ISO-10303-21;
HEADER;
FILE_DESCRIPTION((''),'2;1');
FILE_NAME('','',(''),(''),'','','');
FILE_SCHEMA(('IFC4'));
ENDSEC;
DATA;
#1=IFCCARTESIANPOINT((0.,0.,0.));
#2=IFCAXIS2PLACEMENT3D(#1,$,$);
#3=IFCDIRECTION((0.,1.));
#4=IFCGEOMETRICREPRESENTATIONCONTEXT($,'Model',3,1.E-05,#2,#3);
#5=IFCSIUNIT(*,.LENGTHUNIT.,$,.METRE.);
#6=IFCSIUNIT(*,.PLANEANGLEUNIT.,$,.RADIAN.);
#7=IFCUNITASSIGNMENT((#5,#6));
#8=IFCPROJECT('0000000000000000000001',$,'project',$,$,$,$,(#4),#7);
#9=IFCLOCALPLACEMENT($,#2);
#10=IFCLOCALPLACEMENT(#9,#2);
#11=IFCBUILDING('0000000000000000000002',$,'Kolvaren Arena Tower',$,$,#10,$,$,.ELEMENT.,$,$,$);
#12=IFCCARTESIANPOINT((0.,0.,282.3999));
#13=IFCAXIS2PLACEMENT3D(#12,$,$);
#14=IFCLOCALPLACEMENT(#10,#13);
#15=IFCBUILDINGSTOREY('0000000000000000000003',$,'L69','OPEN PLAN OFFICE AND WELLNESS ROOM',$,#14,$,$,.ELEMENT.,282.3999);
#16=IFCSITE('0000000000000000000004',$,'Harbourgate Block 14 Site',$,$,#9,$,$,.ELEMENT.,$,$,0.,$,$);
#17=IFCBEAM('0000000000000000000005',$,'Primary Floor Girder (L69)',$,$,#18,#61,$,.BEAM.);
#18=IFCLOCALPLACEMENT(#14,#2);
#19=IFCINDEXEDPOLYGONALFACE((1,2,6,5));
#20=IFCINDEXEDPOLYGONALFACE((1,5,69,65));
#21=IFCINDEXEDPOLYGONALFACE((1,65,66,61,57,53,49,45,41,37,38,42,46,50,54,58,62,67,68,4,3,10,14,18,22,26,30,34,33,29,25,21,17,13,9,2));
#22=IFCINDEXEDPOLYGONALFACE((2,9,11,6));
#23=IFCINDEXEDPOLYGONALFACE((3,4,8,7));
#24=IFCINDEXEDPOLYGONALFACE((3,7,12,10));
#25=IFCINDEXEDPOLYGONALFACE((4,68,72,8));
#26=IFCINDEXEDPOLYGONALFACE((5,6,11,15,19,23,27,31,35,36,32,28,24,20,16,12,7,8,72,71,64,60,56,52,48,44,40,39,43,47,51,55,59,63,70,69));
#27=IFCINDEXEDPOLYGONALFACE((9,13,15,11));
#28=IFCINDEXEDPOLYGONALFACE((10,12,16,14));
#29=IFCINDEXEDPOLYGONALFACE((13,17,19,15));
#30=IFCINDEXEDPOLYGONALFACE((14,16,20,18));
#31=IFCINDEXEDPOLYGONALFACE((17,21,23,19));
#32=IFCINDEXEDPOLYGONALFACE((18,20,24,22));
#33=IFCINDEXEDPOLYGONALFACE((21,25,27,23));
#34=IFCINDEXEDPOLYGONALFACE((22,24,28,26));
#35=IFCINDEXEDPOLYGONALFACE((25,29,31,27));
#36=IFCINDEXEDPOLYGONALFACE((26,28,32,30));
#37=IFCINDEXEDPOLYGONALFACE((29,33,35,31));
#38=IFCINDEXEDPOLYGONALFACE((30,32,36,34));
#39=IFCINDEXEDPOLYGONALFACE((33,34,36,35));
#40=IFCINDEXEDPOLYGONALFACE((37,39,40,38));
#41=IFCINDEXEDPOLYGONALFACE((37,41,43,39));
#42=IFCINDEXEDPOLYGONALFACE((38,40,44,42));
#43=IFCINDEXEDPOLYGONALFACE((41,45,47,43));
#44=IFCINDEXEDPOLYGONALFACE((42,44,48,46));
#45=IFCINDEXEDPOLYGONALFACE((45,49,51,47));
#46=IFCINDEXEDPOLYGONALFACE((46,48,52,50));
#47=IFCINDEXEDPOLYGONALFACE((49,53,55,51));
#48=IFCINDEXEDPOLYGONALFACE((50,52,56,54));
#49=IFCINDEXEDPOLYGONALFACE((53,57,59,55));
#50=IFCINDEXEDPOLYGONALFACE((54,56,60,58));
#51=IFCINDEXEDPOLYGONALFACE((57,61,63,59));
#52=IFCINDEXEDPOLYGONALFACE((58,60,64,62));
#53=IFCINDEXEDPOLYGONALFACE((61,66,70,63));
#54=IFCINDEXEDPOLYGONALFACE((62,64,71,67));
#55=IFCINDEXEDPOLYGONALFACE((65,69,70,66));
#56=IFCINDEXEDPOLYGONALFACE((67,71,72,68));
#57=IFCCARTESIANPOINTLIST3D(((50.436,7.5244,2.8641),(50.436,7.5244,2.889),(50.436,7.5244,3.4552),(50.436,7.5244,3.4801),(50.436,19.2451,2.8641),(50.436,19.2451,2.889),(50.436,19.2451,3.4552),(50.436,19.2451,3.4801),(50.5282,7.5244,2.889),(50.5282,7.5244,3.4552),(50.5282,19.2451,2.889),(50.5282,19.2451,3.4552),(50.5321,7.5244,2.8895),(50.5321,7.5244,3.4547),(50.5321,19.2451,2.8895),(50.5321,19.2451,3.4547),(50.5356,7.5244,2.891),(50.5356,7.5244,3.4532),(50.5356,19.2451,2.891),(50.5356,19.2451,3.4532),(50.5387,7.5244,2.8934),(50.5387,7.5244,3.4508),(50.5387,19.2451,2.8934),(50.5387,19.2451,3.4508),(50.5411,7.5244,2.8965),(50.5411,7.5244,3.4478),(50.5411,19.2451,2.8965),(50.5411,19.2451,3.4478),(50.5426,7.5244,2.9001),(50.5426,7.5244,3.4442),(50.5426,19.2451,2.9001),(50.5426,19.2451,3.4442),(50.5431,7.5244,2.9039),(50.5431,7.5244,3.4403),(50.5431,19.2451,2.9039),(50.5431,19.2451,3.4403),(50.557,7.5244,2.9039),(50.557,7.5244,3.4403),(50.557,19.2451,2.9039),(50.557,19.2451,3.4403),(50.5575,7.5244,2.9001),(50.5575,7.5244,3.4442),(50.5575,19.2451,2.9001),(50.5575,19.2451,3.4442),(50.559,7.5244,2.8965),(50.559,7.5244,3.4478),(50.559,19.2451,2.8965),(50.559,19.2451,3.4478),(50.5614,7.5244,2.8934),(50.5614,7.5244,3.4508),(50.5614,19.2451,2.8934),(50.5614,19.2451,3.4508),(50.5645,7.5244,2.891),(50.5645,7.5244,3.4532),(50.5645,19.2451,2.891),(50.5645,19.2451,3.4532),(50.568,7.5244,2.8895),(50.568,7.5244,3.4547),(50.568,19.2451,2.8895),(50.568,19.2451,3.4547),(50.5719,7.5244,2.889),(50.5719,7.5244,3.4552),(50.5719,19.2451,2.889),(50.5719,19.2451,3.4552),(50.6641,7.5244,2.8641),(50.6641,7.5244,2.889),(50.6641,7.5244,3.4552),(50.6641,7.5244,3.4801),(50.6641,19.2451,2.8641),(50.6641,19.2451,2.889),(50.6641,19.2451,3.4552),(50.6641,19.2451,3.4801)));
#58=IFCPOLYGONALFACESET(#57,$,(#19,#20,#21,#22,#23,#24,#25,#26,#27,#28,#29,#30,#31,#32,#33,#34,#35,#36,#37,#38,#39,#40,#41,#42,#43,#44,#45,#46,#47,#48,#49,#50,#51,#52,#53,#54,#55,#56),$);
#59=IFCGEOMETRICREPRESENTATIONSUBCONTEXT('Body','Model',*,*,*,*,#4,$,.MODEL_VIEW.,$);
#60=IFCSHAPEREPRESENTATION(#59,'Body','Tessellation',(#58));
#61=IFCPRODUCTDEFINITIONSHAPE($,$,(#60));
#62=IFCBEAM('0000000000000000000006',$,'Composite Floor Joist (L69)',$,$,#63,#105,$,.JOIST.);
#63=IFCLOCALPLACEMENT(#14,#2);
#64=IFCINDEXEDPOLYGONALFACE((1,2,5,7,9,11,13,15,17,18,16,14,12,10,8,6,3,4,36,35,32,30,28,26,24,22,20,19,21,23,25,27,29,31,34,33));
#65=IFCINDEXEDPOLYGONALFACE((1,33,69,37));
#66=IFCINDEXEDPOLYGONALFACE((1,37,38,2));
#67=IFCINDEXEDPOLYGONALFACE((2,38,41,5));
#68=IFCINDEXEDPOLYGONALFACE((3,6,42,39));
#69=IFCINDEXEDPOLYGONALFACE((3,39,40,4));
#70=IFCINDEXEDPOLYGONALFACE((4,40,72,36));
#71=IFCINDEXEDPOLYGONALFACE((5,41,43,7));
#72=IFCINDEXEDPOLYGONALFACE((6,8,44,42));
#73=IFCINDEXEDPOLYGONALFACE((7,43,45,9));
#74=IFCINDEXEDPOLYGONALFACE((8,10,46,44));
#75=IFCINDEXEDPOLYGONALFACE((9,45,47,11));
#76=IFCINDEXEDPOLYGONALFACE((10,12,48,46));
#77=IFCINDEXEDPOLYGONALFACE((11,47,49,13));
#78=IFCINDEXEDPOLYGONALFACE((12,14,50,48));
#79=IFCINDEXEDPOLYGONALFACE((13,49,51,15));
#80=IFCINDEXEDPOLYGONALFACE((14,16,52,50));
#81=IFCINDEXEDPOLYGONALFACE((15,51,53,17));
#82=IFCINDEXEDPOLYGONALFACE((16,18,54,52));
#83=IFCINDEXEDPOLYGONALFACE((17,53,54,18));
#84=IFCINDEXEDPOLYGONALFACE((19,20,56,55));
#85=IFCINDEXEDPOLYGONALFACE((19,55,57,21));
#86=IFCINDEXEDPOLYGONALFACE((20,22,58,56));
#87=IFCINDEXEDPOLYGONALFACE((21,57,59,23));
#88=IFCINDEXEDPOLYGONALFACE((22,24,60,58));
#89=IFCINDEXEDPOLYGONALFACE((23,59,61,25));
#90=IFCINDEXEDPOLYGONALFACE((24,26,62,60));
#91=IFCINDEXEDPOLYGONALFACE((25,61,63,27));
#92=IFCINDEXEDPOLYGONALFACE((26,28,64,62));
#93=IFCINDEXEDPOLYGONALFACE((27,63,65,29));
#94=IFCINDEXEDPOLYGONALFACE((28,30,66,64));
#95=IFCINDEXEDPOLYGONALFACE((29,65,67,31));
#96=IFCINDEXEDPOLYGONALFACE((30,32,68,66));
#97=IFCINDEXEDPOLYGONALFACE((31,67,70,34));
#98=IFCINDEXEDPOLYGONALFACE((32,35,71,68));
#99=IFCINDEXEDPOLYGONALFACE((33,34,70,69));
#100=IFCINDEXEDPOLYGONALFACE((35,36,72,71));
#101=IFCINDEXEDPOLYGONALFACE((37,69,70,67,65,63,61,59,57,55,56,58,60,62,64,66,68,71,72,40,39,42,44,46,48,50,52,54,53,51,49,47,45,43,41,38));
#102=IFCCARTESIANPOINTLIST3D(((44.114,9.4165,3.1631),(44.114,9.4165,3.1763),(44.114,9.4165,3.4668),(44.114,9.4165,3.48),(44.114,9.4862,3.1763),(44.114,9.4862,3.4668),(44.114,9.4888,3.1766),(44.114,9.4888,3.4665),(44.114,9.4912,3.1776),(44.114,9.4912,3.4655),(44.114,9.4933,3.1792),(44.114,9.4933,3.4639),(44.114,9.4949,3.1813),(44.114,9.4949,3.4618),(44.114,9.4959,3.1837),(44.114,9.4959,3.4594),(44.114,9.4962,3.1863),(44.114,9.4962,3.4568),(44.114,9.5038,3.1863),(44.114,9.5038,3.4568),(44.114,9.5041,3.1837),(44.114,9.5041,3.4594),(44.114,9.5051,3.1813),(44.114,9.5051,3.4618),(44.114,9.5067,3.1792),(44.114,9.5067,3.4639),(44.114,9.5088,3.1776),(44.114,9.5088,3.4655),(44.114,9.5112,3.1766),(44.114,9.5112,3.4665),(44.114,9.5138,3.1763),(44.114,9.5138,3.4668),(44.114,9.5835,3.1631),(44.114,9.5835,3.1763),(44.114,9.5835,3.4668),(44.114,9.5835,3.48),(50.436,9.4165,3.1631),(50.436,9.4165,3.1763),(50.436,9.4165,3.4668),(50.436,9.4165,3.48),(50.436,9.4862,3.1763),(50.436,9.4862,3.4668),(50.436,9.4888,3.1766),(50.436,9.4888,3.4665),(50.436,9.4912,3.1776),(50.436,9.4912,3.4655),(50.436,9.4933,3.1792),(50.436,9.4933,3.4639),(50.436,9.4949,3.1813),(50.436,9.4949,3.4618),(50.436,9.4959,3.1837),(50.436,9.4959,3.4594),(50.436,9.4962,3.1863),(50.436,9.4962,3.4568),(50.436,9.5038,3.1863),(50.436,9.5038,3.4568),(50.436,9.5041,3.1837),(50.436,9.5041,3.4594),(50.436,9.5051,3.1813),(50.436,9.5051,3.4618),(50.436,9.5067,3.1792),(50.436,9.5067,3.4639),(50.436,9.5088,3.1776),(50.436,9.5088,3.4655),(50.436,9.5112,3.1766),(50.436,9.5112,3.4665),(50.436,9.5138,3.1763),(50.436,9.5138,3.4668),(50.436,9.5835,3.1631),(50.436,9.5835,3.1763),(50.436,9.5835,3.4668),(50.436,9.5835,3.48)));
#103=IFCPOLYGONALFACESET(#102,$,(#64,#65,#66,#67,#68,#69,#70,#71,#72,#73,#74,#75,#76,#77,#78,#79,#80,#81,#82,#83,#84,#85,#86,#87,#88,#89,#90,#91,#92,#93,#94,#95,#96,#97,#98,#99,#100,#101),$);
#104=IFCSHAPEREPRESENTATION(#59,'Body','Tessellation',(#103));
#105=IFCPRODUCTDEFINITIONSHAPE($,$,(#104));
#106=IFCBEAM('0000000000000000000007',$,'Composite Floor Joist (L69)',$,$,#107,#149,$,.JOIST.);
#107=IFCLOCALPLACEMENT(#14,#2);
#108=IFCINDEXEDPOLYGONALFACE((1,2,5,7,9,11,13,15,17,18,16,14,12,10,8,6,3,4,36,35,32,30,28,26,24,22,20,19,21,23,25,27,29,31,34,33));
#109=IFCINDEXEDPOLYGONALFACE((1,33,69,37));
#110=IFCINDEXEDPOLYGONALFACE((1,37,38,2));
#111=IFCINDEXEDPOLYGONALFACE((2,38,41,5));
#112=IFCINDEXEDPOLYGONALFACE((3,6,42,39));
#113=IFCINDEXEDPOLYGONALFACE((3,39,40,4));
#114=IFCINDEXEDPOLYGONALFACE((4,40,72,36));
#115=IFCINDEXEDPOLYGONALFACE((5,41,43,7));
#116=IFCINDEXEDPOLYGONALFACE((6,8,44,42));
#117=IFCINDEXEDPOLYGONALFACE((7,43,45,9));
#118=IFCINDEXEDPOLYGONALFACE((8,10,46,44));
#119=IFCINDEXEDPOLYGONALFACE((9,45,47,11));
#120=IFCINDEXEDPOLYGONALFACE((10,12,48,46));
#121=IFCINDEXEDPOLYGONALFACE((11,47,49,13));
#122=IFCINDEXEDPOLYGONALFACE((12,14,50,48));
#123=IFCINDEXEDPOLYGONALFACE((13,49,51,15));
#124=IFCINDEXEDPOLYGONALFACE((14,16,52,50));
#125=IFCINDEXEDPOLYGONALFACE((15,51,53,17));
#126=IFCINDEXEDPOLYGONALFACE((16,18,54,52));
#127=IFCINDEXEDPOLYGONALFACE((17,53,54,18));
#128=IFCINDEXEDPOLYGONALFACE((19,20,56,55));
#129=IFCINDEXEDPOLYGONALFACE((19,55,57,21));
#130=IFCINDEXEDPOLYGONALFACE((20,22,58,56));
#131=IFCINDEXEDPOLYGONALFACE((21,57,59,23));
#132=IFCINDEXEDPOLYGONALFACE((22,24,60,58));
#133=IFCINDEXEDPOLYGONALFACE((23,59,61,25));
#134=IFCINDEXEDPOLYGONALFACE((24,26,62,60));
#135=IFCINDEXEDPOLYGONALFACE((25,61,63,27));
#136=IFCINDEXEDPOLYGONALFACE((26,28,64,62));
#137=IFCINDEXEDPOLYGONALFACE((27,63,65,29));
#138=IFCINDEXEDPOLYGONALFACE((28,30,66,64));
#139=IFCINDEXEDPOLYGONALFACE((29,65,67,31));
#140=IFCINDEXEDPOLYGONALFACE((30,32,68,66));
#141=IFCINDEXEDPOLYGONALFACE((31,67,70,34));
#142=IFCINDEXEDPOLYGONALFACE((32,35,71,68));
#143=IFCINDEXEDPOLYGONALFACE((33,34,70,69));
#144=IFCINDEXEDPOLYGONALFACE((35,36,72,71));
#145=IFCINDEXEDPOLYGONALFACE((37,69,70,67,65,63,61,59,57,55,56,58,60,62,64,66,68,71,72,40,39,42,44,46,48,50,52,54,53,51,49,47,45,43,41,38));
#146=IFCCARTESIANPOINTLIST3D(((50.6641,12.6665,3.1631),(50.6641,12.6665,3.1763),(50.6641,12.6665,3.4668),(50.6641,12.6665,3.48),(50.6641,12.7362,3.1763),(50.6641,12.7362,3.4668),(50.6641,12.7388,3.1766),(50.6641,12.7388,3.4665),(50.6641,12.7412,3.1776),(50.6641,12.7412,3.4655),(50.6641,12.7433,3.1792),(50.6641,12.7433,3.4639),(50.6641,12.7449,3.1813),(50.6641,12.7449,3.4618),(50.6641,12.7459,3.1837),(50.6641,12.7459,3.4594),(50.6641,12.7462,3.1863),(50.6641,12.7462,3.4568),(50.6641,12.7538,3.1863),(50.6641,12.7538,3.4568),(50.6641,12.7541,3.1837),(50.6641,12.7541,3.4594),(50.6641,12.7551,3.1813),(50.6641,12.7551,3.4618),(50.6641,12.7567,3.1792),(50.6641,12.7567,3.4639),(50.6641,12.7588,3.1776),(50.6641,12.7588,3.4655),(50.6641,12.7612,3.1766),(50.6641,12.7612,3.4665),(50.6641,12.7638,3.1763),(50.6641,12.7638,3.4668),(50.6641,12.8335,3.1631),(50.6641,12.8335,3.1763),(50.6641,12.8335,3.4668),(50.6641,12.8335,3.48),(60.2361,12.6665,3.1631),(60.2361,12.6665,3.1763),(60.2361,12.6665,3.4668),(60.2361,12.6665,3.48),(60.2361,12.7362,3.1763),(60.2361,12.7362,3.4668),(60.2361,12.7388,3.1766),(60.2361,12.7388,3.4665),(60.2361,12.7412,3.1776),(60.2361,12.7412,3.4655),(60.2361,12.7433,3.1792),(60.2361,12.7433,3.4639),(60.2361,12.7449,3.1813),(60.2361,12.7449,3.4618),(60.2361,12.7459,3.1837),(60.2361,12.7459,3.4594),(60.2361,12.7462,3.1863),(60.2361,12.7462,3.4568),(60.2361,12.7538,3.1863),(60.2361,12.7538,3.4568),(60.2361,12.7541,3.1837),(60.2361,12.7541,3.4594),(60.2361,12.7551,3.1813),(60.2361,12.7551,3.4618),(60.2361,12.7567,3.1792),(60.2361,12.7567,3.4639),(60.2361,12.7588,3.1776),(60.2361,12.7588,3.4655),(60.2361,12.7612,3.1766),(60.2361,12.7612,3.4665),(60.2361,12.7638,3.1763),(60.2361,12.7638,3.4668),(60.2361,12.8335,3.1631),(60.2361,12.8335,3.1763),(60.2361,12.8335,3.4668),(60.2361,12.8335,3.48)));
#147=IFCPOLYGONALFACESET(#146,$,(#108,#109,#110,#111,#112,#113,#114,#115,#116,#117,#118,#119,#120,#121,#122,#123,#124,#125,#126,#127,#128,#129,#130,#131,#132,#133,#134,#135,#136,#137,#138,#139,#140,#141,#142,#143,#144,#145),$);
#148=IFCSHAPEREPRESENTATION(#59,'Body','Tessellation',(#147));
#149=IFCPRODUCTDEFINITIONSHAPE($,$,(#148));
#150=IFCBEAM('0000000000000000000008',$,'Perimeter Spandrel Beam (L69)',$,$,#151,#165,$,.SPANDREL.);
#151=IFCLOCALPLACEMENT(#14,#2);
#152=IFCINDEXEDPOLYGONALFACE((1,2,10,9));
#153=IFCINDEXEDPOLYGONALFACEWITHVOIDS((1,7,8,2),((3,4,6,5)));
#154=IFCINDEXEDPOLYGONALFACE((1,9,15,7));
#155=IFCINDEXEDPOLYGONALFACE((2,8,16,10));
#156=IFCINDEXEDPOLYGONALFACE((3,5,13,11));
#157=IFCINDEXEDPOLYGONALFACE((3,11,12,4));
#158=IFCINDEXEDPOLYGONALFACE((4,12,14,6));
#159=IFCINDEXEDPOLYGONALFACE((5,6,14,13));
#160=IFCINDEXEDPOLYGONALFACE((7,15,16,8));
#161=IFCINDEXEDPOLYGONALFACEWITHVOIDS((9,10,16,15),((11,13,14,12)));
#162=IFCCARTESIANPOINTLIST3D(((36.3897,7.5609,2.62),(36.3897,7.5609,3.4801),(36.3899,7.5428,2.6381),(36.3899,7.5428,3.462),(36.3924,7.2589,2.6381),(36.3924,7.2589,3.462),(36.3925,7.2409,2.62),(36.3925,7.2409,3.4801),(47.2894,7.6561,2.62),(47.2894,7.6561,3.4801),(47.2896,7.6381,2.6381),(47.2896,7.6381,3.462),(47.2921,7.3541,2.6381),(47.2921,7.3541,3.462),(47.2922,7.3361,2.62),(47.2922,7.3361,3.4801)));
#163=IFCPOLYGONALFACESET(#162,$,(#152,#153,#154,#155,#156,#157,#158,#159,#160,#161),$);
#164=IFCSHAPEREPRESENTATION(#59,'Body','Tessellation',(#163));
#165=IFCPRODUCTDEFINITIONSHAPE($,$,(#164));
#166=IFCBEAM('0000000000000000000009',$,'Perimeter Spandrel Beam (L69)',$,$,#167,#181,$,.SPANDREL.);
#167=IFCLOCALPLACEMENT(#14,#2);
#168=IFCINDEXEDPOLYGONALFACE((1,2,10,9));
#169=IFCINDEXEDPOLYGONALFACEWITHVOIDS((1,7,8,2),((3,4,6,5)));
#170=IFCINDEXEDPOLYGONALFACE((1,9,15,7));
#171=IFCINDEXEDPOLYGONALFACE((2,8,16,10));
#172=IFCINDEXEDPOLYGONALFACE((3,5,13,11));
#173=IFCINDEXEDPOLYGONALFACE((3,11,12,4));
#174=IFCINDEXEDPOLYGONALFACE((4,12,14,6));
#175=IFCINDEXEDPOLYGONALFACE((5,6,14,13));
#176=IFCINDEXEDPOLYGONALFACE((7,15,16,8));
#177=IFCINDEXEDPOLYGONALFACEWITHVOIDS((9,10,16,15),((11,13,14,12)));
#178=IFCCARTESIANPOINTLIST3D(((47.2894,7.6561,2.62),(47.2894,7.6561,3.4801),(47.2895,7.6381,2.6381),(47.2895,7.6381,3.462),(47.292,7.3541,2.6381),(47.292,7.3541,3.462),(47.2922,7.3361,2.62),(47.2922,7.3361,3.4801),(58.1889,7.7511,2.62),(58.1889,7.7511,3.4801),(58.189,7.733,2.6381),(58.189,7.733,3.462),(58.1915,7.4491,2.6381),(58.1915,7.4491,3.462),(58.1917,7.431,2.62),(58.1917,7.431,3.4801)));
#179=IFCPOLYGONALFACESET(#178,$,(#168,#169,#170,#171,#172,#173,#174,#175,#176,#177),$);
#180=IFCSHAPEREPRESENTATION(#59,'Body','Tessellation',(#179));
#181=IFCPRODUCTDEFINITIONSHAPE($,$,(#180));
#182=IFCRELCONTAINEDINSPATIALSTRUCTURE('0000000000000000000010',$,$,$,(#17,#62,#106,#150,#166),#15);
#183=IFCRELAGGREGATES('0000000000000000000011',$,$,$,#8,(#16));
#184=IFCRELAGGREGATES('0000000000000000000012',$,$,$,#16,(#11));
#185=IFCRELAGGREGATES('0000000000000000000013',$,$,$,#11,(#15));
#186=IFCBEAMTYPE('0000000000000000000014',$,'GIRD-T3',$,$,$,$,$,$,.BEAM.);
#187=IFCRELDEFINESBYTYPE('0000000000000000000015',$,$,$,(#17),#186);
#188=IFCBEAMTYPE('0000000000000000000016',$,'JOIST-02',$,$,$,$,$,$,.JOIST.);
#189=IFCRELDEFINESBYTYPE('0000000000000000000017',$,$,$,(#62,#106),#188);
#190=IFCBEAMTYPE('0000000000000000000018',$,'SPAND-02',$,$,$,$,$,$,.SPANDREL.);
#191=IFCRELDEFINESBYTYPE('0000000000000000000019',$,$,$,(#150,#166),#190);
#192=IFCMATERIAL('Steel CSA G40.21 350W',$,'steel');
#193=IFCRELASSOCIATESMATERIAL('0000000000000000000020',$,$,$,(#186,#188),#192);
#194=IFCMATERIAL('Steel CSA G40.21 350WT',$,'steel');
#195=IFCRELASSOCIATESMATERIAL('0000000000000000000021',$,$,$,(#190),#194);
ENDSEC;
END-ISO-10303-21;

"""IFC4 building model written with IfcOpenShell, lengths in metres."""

from ifc_helpers import new_model, si_unit, direction, frame, origin, origin_2d, place, context, subcontext, project, spatial, hollow_rectangle, i_section, extrude, material, material_profile, profile_set, type_object, element, save


model = new_model("IFC4")

# Units and contexts
model_context = context("Model", 3, precision=1e-05, world=origin(), true_north=direction((0.0, 1.0)))
body_context = subcontext(model_context, "Body", "Model", "MODEL_VIEW")
ifc_project = project(units=[si_unit("LENGTHUNIT", "METRE"), si_unit("PLANEANGLEUNIT", "RADIAN")], contexts=[model_context])

# Site, building, storey
site_placement = place(None, origin())
site = spatial("IfcSite", under=ifc_project, at=site_placement, Name="Harbourgate Block 14 Site", CompositionType="ELEMENT", RefElevation=0.0)
building_placement = place(site_placement, origin())
building = spatial("IfcBuilding", under=site, at=building_placement, Name="Kolvaren Arena Tower", CompositionType="ELEMENT")
storey_placement = place(building_placement, frame((0.0, 0.0, 282.3999)))
storey = spatial("IfcBuildingStorey", under=building, at=storey_placement, Name="L69", Description="OPEN PLAN OFFICE AND WELLNESS ROOM", CompositionType="ELEMENT", Elevation=282.3999)

# Beams
ifc_material_1 = material(Name="Steel CSA G40.21 350W", Category="steel")
ifc_material_profile_1 = material_profile(ifc_material_1, i_section(OverallWidth=0.228, OverallDepth=0.616, WebThickness=0.0139, FlangeThickness=0.0249, FilletRadius=0.0149, at=origin_2d()), Name="W610x174")
ifc_profile_set_1 = profile_set([ifc_material_profile_1], Name="Steel CSA G40.21 350W")
beam_type_1 = type_object("IfcBeamType", Name="GIRD-T3", PredefinedType="BEAM", material=ifc_profile_set_1)
beam_1_placement = place(storey_placement, frame((50.55, 7.5244, 3.1721), z_axis=(0.0, 1.0, 0.0), x_axis=(-1.0, 0.0, 0.0)))
element("IfcBeam", 1, at=beam_1_placement, inside=storey, type_object=beam_type_1, Name="Primary Floor Girder (L69)", PredefinedType="BEAM", context=body_context, shape_type="SweptSolid", body=[
    extrude(i_section(OverallWidth=0.228, OverallDepth=0.616, WebThickness=0.0139, FlangeThickness=0.0249, FilletRadius=0.0149, at=origin_2d()), origin(), (0.0, 0.0, 1.0), 11.7207),
])
ifc_material_profile_2 = material_profile(ifc_material_1, i_section(OverallWidth=0.167, OverallDepth=0.3169, WebThickness=0.0076, FlangeThickness=0.0132, FilletRadius=0.01, at=origin_2d()), Name="W310x52")
ifc_profile_set_2 = profile_set([ifc_material_profile_2], Name="Steel CSA G40.21 350W")
beam_type_2 = type_object("IfcBeamType", Name="JOIST-02", PredefinedType="JOIST", material=ifc_profile_set_2)
beam_2_placement = place(storey_placement, frame((44.114, 9.5, 3.3215), z_axis=(1.0, 0.0, 0.0), x_axis=(0.0, 1.0, 0.0)))
element("IfcBeam", 2, at=beam_2_placement, inside=storey, type_object=beam_type_2, Name="Composite Floor Joist (L69)", PredefinedType="JOIST", context=body_context, shape_type="SweptSolid", body=[
    extrude(i_section(OverallWidth=0.167, OverallDepth=0.3169, WebThickness=0.0076, FlangeThickness=0.0132, FilletRadius=0.01, at=origin_2d()), origin(), (0.0, 0.0, 1.0), 6.322),
])
beam_3_placement = place(storey_placement, frame((50.6641, 12.75, 3.3215), z_axis=(1.0, 0.0, 0.0), x_axis=(0.0, 1.0, 0.0)))
element("IfcBeam", 3, at=beam_3_placement, inside=storey, type_object=beam_type_2, Name="Composite Floor Joist (L69)", PredefinedType="JOIST", context=body_context, shape_type="SweptSolid", body=[
    extrude(i_section(OverallWidth=0.167, OverallDepth=0.3169, WebThickness=0.0076, FlangeThickness=0.0132, FilletRadius=0.01, at=origin_2d()), origin(), (0.0, 0.0, 1.0), 9.572),
])
ifc_material_2 = material(Name="Steel CSA G40.21 350WT", Category="steel")
ifc_material_profile_3 = material_profile(ifc_material_2, hollow_rectangle(XDim=0.3201, YDim=0.8601, WallThickness=0.0181, at=origin_2d()), Name="HSS 860x320x18")
ifc_profile_set_3 = profile_set([ifc_material_profile_3], Name="Steel CSA G40.21 350WT")
beam_type_3 = type_object("IfcBeamType", Name="SPAND-02", PredefinedType="SPANDREL", material=ifc_profile_set_3)
beam_4_placement = place(storey_placement, frame((36.3911, 7.4009, 3.05), z_axis=(0.999962, 0.008735, 0.0), x_axis=(-0.008735, 0.999962, 0.0)))
element("IfcBeam", 4, at=beam_4_placement, inside=storey, type_object=beam_type_3, Name="Perimeter Spandrel Beam (L69)", PredefinedType="SPANDREL", context=body_context, shape_type="SweptSolid", body=[
    extrude(hollow_rectangle(XDim=0.3201, YDim=0.8601, WallThickness=0.0181, at=origin_2d()), origin(), (0.0, 0.0, 1.0), 10.9001),
])
beam_5_placement = place(storey_placement, frame((47.2908, 7.4961, 3.05), z_axis=(0.999962, 0.008713, 0.0), x_axis=(-0.008713, 0.999962, 0.0)))
element("IfcBeam", 5, at=beam_5_placement, inside=storey, type_object=beam_type_3, Name="Perimeter Spandrel Beam (L69)", PredefinedType="SPANDREL", context=body_context, shape_type="SweptSolid", body=[
    extrude(hollow_rectangle(XDim=0.3201, YDim=0.8601, WallThickness=0.0181, at=origin_2d()), origin(), (0.0, 0.0, 1.0), 10.8999),
])

save(model, "model.ifc")
